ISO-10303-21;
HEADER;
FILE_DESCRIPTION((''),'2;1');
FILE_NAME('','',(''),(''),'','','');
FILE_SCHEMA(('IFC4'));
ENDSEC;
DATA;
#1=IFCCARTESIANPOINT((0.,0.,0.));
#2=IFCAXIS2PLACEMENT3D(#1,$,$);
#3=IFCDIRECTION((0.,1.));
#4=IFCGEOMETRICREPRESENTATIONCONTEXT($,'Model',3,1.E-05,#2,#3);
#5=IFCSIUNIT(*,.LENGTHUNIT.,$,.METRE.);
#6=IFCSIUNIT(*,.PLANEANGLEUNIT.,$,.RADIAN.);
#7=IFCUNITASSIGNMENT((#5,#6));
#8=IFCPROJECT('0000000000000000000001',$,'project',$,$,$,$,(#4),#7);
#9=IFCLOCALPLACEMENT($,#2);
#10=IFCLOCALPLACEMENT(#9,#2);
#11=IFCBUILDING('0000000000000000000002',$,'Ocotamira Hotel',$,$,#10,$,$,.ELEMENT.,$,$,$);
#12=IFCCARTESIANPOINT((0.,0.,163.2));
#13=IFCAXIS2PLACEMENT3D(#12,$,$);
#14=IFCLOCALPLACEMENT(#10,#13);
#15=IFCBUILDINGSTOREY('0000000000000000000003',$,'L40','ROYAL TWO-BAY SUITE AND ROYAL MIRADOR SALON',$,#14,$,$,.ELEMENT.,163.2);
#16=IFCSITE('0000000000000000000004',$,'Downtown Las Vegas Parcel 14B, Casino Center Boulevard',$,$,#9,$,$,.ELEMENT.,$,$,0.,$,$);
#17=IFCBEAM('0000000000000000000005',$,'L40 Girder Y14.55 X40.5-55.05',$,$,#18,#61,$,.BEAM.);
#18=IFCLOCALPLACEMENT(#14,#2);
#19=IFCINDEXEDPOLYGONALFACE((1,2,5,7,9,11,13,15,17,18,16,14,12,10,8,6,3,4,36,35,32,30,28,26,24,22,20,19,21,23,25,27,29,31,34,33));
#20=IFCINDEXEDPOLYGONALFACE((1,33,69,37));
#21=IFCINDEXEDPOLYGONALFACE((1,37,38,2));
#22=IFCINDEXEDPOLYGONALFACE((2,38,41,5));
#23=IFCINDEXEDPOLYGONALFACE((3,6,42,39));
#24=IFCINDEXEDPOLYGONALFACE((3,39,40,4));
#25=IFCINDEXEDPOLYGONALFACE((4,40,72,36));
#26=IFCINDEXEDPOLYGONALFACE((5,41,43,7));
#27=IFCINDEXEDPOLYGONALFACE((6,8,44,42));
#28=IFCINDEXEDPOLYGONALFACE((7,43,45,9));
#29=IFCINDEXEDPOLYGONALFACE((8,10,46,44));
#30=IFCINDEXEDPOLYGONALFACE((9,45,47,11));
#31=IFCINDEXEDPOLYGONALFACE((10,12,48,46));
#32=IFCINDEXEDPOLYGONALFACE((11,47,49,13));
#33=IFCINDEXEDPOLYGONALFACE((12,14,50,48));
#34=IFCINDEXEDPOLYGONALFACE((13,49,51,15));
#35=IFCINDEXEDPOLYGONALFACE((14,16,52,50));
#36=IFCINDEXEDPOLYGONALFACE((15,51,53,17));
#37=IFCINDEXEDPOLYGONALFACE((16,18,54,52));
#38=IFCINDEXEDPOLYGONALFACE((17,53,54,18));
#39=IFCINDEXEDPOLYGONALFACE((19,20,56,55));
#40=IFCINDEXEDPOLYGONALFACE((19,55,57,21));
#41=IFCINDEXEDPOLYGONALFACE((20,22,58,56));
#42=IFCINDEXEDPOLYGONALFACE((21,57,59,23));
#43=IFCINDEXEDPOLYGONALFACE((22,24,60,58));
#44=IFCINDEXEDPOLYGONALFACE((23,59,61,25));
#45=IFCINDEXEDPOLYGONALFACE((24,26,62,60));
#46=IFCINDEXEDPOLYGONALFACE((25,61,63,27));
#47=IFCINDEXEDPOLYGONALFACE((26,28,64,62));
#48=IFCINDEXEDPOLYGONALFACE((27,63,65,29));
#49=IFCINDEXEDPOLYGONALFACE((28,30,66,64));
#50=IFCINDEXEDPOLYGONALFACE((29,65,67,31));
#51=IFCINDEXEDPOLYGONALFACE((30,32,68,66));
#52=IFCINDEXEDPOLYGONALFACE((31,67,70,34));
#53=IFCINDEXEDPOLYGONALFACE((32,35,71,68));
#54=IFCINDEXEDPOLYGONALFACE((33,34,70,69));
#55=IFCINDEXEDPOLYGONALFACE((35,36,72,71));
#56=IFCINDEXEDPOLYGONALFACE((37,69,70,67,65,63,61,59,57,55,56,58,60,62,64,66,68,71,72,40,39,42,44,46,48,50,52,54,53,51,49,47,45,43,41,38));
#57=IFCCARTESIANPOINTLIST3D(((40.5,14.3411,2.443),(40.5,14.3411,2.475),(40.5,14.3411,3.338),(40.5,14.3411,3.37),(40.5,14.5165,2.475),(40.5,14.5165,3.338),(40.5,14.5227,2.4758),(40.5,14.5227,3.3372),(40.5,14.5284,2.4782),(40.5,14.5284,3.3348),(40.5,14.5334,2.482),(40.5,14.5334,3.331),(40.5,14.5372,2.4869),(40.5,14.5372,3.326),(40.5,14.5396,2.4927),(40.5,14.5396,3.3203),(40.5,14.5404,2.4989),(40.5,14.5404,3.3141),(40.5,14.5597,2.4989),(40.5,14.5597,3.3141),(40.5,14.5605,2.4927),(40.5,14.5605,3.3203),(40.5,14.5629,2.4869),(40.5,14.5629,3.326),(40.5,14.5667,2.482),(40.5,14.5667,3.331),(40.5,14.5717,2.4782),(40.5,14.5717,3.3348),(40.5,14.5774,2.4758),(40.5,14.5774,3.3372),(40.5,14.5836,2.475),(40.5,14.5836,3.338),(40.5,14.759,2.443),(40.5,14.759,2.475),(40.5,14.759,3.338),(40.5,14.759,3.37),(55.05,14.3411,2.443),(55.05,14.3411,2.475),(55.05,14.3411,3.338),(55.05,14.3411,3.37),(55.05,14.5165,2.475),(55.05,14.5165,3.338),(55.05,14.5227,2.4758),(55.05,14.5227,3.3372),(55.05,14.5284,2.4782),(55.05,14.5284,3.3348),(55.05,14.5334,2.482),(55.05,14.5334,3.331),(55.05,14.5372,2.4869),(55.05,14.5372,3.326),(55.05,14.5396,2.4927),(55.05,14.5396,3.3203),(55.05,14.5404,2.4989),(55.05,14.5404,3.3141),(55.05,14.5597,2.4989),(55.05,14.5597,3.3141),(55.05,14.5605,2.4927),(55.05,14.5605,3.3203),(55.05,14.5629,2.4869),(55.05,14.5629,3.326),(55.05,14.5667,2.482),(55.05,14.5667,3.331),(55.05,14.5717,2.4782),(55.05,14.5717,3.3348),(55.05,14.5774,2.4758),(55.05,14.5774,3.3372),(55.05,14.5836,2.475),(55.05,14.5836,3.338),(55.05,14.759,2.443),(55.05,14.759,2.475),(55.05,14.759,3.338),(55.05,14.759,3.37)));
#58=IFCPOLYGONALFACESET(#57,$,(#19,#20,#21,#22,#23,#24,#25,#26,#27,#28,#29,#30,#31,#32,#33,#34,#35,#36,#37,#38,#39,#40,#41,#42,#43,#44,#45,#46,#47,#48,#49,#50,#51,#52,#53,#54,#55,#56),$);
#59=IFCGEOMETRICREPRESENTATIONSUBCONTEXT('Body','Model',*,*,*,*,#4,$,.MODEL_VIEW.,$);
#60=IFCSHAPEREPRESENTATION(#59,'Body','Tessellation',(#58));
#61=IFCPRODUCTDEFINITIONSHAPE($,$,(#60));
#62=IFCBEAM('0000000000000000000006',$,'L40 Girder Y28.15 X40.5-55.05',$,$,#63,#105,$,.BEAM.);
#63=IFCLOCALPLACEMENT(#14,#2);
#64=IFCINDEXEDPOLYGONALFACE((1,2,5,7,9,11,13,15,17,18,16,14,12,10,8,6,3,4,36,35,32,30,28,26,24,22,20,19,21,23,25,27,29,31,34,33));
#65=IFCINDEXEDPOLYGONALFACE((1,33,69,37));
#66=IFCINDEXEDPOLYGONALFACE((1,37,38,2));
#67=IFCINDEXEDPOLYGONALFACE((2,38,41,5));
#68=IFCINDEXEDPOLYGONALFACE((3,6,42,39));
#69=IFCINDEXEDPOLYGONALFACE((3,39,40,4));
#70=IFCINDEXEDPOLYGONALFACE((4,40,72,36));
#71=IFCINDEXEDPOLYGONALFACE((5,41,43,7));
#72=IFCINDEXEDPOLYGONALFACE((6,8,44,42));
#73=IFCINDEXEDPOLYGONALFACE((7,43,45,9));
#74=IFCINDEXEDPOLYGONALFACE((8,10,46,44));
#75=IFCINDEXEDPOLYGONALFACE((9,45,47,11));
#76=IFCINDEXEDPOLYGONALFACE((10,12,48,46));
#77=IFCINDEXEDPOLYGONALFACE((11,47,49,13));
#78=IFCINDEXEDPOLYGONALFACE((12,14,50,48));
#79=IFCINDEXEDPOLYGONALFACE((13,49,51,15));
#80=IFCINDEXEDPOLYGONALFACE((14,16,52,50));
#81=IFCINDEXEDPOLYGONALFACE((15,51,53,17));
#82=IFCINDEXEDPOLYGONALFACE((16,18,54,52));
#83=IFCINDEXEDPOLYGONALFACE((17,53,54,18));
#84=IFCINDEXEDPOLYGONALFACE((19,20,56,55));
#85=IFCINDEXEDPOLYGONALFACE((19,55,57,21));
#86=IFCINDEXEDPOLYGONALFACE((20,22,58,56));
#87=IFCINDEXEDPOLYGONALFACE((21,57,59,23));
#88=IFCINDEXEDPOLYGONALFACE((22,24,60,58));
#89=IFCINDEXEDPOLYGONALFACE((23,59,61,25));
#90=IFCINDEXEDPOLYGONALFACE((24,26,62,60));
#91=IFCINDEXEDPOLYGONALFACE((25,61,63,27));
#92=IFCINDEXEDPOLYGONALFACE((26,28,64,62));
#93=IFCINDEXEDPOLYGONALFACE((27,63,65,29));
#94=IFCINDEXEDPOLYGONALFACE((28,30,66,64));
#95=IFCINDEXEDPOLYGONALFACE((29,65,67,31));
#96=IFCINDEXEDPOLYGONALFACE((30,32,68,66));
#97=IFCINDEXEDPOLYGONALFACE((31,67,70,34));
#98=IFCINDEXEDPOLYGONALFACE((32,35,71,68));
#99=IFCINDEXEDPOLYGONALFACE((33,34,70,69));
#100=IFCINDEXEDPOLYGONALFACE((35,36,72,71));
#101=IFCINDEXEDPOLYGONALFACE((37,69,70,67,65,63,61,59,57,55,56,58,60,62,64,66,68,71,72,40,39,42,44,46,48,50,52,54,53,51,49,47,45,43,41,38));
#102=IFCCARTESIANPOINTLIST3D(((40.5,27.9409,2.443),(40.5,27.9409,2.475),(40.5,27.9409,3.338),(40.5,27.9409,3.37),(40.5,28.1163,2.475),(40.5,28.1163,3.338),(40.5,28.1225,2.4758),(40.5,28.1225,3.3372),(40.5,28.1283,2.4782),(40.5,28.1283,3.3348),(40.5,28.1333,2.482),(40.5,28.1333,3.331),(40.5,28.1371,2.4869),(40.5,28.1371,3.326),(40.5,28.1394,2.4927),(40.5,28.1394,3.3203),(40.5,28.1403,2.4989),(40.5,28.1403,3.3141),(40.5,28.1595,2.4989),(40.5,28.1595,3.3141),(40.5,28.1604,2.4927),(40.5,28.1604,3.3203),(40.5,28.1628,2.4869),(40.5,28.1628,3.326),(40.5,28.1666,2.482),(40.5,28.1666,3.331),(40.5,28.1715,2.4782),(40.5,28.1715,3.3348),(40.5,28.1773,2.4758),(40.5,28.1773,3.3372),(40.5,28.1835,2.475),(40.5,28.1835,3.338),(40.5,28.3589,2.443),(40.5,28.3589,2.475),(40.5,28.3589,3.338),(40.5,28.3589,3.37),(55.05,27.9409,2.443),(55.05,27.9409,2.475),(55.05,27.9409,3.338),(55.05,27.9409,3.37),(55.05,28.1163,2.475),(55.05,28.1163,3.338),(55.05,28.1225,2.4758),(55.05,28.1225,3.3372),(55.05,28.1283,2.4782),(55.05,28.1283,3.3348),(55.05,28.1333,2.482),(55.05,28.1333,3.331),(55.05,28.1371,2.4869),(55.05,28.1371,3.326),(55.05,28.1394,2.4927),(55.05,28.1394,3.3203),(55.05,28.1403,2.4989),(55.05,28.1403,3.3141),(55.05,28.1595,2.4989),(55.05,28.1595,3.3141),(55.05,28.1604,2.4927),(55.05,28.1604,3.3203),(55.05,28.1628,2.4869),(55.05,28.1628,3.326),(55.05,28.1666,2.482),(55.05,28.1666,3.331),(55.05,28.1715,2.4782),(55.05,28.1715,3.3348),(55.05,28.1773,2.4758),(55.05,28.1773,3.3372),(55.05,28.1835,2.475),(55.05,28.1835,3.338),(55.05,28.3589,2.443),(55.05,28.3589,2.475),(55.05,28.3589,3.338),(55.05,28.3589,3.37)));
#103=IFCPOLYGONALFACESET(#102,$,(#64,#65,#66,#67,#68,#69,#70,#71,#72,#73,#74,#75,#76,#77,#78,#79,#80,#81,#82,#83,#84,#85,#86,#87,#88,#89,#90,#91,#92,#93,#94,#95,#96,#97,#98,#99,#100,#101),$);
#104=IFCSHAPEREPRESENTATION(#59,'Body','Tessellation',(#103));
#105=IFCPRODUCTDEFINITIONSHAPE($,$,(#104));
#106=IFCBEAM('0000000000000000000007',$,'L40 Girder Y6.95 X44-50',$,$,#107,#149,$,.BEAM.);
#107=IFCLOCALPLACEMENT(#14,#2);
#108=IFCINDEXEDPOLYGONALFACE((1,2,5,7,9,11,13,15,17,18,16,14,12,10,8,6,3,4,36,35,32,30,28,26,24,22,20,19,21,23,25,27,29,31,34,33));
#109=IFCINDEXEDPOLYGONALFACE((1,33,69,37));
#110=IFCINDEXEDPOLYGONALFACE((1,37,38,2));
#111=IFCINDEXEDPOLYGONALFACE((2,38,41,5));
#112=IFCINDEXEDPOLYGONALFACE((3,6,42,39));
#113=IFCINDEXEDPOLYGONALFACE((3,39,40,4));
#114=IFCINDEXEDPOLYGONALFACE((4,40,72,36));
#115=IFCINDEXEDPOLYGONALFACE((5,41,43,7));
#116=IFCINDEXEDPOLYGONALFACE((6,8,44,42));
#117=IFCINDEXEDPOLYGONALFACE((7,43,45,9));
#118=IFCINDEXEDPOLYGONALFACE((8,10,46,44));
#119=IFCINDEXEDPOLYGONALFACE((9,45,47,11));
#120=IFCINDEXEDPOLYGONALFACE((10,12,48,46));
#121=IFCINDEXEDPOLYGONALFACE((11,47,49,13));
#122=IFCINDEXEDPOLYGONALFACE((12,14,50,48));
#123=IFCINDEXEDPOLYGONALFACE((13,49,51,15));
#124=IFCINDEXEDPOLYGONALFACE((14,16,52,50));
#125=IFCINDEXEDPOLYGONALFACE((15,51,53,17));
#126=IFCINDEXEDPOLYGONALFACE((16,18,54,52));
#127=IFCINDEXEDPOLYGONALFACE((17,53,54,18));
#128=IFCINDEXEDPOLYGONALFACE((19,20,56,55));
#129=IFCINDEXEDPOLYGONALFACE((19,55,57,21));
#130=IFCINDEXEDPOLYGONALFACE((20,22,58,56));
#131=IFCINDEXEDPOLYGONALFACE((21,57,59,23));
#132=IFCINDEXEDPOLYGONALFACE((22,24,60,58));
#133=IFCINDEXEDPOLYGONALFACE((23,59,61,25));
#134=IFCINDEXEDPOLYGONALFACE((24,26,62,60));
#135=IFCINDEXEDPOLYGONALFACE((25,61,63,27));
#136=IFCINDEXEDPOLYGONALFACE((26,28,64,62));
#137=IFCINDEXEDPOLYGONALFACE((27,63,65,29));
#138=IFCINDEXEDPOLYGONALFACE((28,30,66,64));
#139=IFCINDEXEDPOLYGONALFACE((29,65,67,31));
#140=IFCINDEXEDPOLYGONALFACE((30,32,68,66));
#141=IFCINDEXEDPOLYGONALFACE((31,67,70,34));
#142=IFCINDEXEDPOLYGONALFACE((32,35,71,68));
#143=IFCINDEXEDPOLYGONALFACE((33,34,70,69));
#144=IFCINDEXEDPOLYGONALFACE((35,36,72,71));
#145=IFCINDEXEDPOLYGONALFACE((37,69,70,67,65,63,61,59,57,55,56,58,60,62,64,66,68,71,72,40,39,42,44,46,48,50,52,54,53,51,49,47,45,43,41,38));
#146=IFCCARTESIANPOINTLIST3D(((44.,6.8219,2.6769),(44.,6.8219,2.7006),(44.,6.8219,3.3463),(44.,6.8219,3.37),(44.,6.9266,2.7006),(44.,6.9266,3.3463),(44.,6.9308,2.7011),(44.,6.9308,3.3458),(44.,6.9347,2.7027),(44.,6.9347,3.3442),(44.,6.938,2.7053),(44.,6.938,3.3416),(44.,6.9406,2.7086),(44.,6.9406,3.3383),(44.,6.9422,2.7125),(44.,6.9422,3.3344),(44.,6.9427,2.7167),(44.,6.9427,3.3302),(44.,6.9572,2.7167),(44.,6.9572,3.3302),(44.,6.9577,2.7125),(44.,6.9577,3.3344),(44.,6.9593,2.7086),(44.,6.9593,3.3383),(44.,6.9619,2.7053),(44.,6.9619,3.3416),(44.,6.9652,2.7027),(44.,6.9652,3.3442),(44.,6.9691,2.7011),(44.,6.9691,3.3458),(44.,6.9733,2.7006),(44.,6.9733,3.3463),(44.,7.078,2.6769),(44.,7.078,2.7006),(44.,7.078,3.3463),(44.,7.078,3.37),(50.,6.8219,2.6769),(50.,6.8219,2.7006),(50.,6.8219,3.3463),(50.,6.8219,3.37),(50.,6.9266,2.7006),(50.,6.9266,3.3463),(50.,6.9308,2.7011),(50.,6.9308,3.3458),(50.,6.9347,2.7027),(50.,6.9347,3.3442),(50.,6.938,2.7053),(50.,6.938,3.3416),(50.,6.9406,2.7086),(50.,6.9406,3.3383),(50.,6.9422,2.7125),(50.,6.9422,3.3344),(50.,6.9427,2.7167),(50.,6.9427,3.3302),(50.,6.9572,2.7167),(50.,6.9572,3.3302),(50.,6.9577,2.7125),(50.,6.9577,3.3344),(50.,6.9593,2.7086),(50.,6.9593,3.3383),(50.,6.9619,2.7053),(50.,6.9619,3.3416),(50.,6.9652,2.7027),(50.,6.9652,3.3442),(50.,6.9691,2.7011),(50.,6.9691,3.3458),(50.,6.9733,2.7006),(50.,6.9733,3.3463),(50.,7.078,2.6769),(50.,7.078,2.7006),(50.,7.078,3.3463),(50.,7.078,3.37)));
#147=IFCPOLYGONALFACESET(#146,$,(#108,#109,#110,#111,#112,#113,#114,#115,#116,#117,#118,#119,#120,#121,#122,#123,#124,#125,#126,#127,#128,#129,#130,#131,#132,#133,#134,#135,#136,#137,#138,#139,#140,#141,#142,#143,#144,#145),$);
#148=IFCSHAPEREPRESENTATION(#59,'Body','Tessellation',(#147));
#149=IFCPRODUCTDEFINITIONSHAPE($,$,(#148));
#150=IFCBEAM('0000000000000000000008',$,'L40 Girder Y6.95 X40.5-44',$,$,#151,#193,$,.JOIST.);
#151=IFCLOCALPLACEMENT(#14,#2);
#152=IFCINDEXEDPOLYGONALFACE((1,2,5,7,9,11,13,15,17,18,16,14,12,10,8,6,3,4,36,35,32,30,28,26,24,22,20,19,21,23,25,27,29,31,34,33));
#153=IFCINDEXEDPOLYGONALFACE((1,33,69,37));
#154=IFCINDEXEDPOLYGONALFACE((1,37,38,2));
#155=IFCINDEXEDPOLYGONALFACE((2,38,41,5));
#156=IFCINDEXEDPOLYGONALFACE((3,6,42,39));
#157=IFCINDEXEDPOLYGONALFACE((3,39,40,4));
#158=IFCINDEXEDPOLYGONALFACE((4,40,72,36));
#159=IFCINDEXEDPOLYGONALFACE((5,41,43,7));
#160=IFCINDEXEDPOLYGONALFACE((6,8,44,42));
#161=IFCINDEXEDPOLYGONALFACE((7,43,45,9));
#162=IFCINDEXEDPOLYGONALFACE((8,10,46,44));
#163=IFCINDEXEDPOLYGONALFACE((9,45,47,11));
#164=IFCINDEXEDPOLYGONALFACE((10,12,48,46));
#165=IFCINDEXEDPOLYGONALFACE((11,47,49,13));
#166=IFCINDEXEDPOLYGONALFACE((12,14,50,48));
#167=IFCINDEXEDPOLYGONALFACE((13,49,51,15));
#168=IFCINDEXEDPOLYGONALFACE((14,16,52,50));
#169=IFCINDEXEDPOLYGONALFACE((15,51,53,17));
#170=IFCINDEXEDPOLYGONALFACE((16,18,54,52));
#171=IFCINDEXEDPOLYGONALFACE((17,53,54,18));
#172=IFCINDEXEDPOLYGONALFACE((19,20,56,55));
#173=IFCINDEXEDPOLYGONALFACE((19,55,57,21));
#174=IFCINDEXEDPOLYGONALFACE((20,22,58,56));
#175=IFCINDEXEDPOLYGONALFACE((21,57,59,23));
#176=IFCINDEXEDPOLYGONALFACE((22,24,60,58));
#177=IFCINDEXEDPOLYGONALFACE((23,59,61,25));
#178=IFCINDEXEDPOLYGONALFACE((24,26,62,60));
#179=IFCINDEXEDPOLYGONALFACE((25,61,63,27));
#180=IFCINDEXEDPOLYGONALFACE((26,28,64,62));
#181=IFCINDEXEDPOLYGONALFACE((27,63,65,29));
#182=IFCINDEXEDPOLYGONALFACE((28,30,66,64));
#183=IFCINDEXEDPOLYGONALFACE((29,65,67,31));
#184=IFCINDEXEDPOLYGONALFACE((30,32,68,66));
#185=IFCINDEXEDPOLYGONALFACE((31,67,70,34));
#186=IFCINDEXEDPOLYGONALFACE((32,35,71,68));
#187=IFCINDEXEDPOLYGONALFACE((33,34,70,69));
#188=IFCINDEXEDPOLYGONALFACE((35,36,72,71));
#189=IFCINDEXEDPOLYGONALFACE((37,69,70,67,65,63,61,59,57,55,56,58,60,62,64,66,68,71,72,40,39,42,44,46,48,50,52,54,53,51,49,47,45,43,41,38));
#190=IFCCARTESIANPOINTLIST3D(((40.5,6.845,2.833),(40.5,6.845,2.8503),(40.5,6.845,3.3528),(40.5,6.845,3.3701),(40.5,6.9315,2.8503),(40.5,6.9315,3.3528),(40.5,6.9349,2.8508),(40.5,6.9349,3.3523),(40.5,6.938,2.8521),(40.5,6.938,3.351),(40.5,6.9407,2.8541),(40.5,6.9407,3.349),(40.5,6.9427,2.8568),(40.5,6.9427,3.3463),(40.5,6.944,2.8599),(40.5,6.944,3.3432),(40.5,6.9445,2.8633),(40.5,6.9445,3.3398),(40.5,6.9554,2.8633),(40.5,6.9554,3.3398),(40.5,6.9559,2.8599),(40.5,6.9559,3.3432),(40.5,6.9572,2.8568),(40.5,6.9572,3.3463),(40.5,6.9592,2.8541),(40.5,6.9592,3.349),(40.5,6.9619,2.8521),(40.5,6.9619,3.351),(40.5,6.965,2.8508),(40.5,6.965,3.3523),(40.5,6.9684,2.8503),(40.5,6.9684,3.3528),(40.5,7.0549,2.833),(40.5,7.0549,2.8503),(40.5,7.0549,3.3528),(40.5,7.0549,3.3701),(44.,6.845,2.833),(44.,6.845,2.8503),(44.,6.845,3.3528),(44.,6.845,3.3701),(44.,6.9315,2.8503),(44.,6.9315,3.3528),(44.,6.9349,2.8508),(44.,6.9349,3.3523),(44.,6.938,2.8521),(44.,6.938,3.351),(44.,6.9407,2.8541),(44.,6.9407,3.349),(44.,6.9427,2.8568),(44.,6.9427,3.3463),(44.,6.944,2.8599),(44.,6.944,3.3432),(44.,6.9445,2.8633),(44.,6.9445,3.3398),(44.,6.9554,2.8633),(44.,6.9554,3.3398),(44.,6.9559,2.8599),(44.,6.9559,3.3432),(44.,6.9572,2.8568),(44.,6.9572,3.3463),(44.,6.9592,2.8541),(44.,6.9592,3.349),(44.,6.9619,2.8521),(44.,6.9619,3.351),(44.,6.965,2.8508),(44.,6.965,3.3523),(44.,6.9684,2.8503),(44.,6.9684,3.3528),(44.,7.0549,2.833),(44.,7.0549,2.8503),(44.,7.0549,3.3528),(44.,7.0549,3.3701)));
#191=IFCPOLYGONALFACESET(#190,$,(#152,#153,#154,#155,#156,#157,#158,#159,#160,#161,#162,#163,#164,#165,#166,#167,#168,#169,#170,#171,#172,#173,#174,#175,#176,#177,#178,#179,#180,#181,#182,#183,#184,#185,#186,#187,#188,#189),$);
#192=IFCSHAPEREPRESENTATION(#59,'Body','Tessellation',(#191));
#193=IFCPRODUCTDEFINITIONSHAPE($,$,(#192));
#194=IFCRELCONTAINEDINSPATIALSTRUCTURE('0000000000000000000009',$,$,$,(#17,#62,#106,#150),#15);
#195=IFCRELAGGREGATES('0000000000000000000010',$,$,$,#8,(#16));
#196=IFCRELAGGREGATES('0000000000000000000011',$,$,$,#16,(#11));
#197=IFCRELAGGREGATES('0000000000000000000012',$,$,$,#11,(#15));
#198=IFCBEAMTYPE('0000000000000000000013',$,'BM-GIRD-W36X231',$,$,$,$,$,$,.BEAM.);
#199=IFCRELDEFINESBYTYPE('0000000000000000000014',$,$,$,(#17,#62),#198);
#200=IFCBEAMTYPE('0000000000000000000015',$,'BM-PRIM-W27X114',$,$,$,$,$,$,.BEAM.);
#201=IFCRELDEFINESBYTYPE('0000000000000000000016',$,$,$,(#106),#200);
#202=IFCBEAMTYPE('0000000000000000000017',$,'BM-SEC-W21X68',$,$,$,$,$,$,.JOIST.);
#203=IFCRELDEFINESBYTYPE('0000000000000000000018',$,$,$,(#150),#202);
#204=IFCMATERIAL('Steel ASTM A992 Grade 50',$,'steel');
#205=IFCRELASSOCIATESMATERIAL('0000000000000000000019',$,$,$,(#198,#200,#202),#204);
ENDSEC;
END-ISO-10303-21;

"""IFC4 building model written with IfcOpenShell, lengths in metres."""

from ifc_helpers import new_model, si_unit, direction, frame, origin, origin_2d, place, context, subcontext, project, spatial, i_section, extrude, source, transform, mapped, material, material_profile, profile_set, type_object, element, save


model = new_model("IFC4")

# Units and contexts
model_context = context("Model", 3, precision=1e-05, world=origin(), true_north=direction((0.0, 1.0)))
body_context = subcontext(model_context, "Body", "Model", "MODEL_VIEW")
ifc_project = project(units=[si_unit("LENGTHUNIT", "METRE"), si_unit("PLANEANGLEUNIT", "RADIAN")], contexts=[model_context])

# Site, building, storey
site_placement = place(None, origin())
site = spatial("IfcSite", under=ifc_project, at=site_placement, Name="Downtown Las Vegas Parcel 14B, Casino Center Boulevard", CompositionType="ELEMENT", RefElevation=0.0)
building_placement = place(site_placement, origin())
building = spatial("IfcBuilding", under=site, at=building_placement, Name="Ocotamira Hotel", CompositionType="ELEMENT")
storey_placement = place(building_placement, frame((0.0, 0.0, 163.2)))
storey = spatial("IfcBuildingStorey", under=building, at=storey_placement, Name="L40", Description="ROYAL TWO-BAY SUITE AND ROYAL MIRADOR SALON", CompositionType="ELEMENT", Elevation=163.2)

# Beams
ifc_material_1 = material(Name="Steel ASTM A992 Grade 50", Category="steel")
ifc_material_profile_1 = material_profile(ifc_material_1, i_section(OverallWidth=0.418, OverallDepth=0.927, WebThickness=0.0193, FlangeThickness=0.032, FilletRadius=0.0239, at=origin_2d()), Name="W36X231")
ifc_profile_set_1 = profile_set([ifc_material_profile_1], Name="Steel ASTM A992 Grade 50")
beam_type_1 = type_object("IfcBeamType", Name="BM-GIRD-W36X231", PredefinedType="BEAM", material=ifc_profile_set_1)
shared_shape_1 = source(origin(), body_context, "Body", "SweptSolid", [
    extrude(i_section(OverallWidth=0.418, OverallDepth=0.927, WebThickness=0.0193, FlangeThickness=0.032, FilletRadius=0.0239, at=origin_2d()), origin(), (0.0, 0.0, 1.0), 14.55),
])
for number, where, z_axis, x_axis, name in (
    (1, (40.5, 14.55, 2.9065), (1.0, 0.0, 0.0), (0.0, 1.0, 0.0), "L40 Girder Y14.55 X40.5-55.05"),
    (2, (40.5, 28.1499, 2.9065), (1.0, 0.0, 0.0), (0.0, 1.0, 0.0), "L40 Girder Y28.15 X40.5-55.05"),
):
    element("IfcBeam", number, at=place(storey_placement, frame(where, z_axis=z_axis, x_axis=x_axis)), inside=storey, type_object=beam_type_1, Name=name, PredefinedType="BEAM", context=body_context, shape_type="MappedRepresentation", body=[
        mapped(shared_shape_1, transform((0.0, 0.0, 0.0), scale=1.0)),
    ])
ifc_material_profile_2 = material_profile(ifc_material_1, i_section(OverallWidth=0.2561, OverallDepth=0.6931, WebThickness=0.0144, FlangeThickness=0.0237, FilletRadius=0.0161, at=origin_2d()), Name="W27X114")
ifc_profile_set_2 = profile_set([ifc_material_profile_2], Name="Steel ASTM A992 Grade 50")
beam_type_2 = type_object("IfcBeamType", Name="BM-PRIM-W27X114", PredefinedType="BEAM", material=ifc_profile_set_2)
shared_shape_2 = source(origin(), body_context, "Body", "SweptSolid", [
    extrude(i_section(OverallWidth=0.2561, OverallDepth=0.6931, WebThickness=0.0144, FlangeThickness=0.0237, FilletRadius=0.0161, at=origin_2d()), origin(), (0.0, 0.0, 1.0), 6.0),
])
beam_1_placement = place(storey_placement, frame((44.0, 6.95, 3.0234), z_axis=(1.0, 0.0, 0.0), x_axis=(0.0, 1.0, 0.0)))
element("IfcBeam", 3, at=beam_1_placement, inside=storey, type_object=beam_type_2, Name="L40 Girder Y6.95 X44-50", PredefinedType="BEAM", context=body_context, shape_type="MappedRepresentation", body=[
    mapped(shared_shape_2, transform((0.0, 0.0, 0.0), scale=1.0)),
])
ifc_material_profile_3 = material_profile(ifc_material_1, i_section(OverallWidth=0.21, OverallDepth=0.5371, WebThickness=0.011, FlangeThickness=0.0173, FilletRadius=0.0129, at=origin_2d()), Name="W21X68")
ifc_profile_set_3 = profile_set([ifc_material_profile_3], Name="Steel ASTM A992 Grade 50")
beam_type_3 = type_object("IfcBeamType", Name="BM-SEC-W21X68", PredefinedType="JOIST", material=ifc_profile_set_3)
shared_shape_3 = source(origin(), body_context, "Body", "SweptSolid", [
    extrude(i_section(OverallWidth=0.21, OverallDepth=0.5371, WebThickness=0.011, FlangeThickness=0.0173, FilletRadius=0.0129, at=origin_2d()), origin(), (0.0, 0.0, 1.0), 3.5),
])
beam_2_placement = place(storey_placement, frame((40.5, 6.95, 3.1016), z_axis=(1.0, 0.0, 0.0), x_axis=(0.0, 1.0, 0.0)))
element("IfcBeam", 4, at=beam_2_placement, inside=storey, type_object=beam_type_3, Name="L40 Girder Y6.95 X40.5-44", PredefinedType="JOIST", context=body_context, shape_type="MappedRepresentation", body=[
    mapped(shared_shape_3, transform((0.0, 0.0, 0.0), scale=1.0)),
])

save(model, "model.ifc")
